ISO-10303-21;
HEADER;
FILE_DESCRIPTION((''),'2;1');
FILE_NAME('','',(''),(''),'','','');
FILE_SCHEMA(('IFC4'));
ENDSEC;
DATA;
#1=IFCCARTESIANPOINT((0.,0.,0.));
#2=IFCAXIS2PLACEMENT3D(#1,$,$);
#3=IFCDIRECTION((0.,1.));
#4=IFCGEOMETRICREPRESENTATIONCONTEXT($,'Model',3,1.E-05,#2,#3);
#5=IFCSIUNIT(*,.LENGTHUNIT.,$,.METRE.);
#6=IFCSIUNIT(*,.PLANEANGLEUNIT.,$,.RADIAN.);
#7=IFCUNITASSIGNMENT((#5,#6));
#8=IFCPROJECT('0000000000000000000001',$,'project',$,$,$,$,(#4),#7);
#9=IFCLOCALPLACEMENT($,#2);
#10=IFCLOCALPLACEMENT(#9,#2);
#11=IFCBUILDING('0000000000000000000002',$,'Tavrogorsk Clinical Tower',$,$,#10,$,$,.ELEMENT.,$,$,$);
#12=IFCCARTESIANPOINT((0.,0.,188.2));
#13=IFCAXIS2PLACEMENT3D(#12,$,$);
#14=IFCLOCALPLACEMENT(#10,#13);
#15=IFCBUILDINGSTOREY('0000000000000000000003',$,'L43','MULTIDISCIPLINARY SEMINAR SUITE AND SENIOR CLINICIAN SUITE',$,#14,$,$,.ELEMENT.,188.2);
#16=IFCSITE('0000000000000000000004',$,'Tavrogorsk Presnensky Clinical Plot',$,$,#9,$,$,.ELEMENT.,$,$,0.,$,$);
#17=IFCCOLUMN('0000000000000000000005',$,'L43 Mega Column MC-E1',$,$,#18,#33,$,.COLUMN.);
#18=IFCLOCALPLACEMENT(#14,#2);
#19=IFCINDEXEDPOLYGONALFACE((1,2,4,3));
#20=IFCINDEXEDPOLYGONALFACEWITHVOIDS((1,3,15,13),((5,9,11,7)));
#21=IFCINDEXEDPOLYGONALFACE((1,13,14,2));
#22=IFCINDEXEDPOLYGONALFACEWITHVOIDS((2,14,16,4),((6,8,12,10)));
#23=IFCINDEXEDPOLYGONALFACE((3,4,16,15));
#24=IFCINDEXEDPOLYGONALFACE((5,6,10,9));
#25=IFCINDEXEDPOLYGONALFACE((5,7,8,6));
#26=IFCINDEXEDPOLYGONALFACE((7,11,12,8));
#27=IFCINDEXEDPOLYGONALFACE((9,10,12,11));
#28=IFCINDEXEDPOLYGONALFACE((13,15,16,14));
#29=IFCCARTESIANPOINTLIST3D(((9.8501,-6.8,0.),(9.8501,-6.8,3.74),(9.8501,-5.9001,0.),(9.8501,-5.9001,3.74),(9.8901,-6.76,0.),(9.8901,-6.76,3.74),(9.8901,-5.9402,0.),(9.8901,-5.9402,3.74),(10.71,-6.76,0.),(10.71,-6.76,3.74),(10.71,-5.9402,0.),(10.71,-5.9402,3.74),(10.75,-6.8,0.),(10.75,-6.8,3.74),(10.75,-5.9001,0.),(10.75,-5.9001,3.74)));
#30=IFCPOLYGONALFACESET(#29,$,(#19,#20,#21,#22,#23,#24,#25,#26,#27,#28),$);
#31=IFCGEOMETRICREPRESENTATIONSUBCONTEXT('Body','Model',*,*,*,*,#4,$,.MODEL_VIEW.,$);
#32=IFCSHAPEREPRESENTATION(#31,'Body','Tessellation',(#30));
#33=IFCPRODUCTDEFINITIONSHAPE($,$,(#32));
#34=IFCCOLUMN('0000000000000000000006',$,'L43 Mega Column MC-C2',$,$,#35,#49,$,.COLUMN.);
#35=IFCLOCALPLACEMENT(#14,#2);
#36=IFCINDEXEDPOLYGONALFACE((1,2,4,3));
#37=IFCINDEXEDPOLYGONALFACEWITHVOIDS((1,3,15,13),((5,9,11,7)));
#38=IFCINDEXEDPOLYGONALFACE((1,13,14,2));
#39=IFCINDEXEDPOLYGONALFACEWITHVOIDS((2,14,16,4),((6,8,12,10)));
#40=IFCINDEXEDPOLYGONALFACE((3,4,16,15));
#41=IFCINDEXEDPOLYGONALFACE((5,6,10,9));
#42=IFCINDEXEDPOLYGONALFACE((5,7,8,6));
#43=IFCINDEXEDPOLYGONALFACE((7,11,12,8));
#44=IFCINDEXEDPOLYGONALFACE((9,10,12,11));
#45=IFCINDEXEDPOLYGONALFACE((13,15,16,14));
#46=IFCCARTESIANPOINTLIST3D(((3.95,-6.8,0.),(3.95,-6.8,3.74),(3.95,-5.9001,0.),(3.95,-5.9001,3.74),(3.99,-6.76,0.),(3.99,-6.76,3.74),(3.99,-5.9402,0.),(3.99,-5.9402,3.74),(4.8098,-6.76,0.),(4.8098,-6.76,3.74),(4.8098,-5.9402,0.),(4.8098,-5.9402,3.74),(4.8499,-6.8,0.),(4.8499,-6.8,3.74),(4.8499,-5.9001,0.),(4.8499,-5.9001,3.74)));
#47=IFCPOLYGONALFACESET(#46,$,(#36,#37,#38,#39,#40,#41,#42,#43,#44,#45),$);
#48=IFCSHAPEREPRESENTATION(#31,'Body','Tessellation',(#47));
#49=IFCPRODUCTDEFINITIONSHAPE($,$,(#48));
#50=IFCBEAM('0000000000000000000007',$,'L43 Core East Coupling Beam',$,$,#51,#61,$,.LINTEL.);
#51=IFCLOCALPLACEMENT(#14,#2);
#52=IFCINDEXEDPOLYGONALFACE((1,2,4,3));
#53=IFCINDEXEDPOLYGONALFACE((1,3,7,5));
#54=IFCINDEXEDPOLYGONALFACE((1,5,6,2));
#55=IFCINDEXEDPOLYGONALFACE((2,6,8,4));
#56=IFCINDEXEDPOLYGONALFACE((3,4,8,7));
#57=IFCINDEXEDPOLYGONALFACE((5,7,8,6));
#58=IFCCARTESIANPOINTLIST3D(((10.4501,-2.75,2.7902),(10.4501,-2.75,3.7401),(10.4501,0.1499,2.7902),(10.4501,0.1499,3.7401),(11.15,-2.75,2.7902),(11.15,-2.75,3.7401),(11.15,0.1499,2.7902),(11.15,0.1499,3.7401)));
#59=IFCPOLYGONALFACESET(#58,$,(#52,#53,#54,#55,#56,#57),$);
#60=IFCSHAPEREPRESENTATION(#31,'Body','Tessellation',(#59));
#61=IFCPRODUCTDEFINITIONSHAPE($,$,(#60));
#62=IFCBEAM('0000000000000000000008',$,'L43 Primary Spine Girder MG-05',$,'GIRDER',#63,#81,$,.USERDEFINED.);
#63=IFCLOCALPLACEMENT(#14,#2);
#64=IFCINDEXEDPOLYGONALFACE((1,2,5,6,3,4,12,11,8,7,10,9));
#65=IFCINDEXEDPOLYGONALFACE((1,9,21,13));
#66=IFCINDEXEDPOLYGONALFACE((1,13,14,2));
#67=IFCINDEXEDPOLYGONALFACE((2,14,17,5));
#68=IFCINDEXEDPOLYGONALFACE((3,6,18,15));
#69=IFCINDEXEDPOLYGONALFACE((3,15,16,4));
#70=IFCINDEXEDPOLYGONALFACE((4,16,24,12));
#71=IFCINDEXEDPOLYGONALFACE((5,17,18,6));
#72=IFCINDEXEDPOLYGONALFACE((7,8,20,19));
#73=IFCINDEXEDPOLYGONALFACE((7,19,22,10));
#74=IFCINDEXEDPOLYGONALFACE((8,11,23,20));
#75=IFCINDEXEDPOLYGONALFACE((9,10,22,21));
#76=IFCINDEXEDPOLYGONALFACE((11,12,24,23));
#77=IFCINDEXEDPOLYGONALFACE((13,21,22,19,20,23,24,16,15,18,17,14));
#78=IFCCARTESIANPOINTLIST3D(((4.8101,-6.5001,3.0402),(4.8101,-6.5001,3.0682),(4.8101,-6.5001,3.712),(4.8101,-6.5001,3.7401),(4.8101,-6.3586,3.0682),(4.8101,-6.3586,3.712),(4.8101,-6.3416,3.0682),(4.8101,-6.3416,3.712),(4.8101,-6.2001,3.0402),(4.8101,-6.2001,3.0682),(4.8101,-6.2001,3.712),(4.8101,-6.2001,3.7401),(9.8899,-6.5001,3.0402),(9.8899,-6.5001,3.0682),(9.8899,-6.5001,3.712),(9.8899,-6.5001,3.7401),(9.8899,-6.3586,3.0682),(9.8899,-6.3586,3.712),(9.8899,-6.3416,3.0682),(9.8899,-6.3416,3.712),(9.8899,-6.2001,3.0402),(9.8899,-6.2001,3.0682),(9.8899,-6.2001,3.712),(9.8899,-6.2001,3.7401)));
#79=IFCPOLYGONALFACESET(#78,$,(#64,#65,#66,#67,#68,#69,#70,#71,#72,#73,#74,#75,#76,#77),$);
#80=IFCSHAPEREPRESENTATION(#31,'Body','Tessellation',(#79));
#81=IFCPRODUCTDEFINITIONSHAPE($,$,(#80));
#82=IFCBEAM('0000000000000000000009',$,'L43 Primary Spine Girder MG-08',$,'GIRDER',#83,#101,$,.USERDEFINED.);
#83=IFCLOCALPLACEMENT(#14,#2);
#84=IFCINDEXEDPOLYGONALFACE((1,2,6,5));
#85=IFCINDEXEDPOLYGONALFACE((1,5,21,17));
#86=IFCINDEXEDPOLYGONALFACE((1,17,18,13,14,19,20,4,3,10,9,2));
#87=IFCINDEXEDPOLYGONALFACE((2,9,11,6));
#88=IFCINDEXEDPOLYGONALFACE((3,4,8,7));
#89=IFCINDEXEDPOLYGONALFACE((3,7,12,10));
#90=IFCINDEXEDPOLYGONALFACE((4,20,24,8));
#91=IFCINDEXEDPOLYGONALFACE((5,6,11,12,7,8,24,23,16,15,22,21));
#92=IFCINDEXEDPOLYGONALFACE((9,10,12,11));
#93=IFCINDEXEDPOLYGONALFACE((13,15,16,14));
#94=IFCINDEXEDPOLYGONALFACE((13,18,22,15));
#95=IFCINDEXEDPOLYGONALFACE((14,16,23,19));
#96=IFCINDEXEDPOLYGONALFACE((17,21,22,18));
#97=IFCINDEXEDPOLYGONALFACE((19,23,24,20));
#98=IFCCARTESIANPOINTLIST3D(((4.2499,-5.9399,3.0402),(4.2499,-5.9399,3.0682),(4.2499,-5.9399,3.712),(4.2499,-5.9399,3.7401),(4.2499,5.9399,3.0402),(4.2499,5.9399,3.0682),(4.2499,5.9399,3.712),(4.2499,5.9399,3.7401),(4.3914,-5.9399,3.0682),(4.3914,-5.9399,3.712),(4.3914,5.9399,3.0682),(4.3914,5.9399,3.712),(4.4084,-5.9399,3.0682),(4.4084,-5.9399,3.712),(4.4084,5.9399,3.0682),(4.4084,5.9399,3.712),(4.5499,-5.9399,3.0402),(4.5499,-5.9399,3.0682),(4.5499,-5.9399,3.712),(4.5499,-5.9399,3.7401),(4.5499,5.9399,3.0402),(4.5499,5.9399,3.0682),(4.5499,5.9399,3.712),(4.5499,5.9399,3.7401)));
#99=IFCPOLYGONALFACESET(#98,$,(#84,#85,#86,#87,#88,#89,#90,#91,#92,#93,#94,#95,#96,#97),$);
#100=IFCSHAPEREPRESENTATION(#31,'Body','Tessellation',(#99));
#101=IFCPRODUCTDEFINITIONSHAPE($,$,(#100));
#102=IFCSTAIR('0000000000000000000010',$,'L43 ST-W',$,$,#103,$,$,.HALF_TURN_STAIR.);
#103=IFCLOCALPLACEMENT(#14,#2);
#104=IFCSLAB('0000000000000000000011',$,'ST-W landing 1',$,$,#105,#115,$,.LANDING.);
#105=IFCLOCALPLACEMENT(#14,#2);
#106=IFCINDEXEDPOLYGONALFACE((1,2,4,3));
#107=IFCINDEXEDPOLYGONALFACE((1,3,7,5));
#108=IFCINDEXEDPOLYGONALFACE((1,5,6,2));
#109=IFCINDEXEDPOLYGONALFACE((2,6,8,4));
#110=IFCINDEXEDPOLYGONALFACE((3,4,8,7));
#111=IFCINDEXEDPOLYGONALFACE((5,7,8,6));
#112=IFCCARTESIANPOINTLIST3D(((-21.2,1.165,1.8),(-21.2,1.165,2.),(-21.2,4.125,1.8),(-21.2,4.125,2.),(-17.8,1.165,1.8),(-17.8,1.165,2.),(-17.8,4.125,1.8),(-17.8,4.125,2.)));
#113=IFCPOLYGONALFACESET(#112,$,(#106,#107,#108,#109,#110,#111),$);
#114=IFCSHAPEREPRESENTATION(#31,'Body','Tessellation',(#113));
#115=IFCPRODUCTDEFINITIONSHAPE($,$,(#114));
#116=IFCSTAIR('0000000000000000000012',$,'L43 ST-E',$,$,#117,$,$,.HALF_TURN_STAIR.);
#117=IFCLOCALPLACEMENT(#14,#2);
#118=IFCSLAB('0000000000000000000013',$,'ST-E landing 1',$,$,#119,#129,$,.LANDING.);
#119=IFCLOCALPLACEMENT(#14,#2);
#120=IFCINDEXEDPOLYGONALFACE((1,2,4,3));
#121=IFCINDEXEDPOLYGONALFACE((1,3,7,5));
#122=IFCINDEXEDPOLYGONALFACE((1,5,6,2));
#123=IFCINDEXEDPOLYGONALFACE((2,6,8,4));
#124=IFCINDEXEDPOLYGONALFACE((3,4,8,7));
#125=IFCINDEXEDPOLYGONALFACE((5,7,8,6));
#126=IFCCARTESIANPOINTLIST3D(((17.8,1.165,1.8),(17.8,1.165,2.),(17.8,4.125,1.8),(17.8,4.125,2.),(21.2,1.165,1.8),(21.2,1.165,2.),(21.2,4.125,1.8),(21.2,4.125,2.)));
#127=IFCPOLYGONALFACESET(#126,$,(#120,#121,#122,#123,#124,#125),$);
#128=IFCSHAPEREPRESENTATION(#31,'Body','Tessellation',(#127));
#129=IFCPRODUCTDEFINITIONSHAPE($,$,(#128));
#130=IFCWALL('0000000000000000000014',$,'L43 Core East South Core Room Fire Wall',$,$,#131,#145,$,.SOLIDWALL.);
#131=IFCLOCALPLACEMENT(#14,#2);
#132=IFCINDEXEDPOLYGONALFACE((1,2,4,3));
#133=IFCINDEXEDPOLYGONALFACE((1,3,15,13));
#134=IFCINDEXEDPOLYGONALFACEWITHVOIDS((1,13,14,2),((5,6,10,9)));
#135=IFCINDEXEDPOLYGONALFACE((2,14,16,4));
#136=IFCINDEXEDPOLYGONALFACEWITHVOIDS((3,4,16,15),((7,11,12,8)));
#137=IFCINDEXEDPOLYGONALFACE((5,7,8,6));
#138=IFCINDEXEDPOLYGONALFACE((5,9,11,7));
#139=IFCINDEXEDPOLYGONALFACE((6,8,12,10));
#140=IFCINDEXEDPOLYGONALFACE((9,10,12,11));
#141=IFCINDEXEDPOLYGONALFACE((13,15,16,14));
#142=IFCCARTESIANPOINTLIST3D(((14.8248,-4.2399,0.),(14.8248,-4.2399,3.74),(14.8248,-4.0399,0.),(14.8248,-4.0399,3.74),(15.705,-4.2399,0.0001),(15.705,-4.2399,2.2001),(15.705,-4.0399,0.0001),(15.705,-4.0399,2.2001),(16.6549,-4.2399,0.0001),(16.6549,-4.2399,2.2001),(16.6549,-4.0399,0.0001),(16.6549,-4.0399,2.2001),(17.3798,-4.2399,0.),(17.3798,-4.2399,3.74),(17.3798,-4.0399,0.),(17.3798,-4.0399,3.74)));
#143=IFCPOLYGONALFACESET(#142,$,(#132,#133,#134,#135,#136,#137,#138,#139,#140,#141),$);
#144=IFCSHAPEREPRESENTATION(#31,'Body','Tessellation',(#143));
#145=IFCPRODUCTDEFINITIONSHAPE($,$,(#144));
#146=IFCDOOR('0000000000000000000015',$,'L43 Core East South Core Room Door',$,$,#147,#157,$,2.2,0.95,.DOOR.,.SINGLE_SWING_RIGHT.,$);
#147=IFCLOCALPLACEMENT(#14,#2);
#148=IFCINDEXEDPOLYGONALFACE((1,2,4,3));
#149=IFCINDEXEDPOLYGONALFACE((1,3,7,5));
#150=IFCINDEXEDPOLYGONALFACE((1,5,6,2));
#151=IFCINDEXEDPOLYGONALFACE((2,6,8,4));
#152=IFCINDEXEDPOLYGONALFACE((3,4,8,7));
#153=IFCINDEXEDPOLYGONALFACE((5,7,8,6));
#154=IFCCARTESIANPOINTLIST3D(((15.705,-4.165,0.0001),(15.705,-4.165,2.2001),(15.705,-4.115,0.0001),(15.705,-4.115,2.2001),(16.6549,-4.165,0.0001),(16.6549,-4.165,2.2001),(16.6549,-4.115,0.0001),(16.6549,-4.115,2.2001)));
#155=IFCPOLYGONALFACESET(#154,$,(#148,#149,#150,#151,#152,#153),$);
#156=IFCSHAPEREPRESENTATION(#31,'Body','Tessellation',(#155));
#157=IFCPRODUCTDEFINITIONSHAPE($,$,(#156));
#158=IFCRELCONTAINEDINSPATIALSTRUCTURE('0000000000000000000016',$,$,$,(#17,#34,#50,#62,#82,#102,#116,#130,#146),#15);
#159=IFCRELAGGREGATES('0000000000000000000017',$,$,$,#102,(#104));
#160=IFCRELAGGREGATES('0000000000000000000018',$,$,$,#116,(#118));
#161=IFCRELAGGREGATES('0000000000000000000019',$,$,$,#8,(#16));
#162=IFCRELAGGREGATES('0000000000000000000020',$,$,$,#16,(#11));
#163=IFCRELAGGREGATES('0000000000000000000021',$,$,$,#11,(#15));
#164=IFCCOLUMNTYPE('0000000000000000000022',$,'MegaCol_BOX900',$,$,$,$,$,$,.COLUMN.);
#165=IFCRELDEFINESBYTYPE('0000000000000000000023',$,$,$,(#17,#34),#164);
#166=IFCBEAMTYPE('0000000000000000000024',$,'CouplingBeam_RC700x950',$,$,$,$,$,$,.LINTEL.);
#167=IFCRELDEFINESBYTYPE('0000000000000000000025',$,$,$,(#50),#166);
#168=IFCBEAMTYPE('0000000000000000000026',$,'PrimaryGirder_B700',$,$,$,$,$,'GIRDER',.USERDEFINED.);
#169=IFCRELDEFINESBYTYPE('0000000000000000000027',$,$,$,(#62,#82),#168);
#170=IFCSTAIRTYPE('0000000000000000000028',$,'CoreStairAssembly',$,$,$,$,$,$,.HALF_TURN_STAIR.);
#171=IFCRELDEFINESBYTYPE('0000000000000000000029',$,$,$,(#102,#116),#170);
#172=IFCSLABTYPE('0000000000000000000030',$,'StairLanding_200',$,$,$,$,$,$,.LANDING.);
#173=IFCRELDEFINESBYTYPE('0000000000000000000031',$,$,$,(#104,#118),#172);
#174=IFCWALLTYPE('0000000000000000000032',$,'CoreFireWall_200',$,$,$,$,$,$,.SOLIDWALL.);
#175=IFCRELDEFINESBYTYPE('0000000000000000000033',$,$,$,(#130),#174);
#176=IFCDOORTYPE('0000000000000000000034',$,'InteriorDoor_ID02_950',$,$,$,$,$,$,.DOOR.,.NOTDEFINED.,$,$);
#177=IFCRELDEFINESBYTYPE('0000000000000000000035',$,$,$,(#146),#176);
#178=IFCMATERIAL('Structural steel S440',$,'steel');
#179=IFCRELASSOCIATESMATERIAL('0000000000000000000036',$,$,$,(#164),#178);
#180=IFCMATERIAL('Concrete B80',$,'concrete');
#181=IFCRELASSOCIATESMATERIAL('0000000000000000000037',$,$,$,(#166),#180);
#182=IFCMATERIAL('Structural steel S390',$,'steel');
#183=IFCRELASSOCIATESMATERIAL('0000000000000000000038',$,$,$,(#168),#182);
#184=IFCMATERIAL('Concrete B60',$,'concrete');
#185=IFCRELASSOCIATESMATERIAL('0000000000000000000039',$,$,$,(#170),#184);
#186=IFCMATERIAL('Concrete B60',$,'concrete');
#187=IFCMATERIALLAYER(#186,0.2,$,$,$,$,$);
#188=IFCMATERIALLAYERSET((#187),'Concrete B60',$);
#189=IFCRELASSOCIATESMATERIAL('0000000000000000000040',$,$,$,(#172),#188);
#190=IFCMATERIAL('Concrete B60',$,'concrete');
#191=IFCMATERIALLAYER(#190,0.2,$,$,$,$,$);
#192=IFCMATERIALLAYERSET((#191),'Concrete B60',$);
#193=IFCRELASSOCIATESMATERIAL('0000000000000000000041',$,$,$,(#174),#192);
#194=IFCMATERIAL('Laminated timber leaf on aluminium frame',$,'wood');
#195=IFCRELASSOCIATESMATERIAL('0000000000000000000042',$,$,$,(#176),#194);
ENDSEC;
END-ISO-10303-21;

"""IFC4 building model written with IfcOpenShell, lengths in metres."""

from ifc_helpers import new_model, si_unit, direction, frame, frame_2d, origin, origin_2d, place, context, subcontext, project, spatial, polyline, rectangle, hollow_rectangle, i_section, outline, extrude, material, layer, layer_set, material_profile, profile_set, type_object, element, fill, aggregate, save


model = new_model("IFC4")

# Units and contexts
model_context = context("Model", 3, precision=1e-05, world=origin(), true_north=direction((0.0, 1.0)))
body_context = subcontext(model_context, "Body", "Model", "MODEL_VIEW")
ifc_project = project(units=[si_unit("LENGTHUNIT", "METRE"), si_unit("PLANEANGLEUNIT", "RADIAN")], contexts=[model_context])

# Site, building, storey
site_placement = place(None, origin())
site = spatial("IfcSite", under=ifc_project, at=site_placement, Name="Tavrogorsk Presnensky Clinical Plot", CompositionType="ELEMENT", RefElevation=0.0)
building_placement = place(site_placement, origin())
building = spatial("IfcBuilding", under=site, at=building_placement, Name="Tavrogorsk Clinical Tower", CompositionType="ELEMENT")
storey_placement = place(building_placement, frame((0.0, 0.0, 188.2)))
storey = spatial("IfcBuildingStorey", under=building, at=storey_placement, Name="L43", Description="MULTIDISCIPLINARY SEMINAR SUITE AND SENIOR CLINICIAN SUITE", CompositionType="ELEMENT", Elevation=188.2)

# Columns
ifc_material_1 = material(Name="Structural steel S440", Category="steel")
ifc_material_profile_1 = material_profile(ifc_material_1, hollow_rectangle(XDim=0.8999, YDim=0.8999, WallThickness=0.04, at=origin_2d()), Name="BOX-900x900x40")
ifc_profile_set_1 = profile_set([ifc_material_profile_1], Name="Structural steel S440")
column_type = type_object("IfcColumnType", Name="MegaCol_BOX900", PredefinedType="COLUMN", material=ifc_profile_set_1)
for number, where, z_axis, x_axis, name in (
    (1, (10.3, -6.3501, 0.0), (0.0, 0.0, 1.0), (1.0, 0.0, 0.0), "L43 Mega Column MC-E1"),
    (2, (4.3999, -6.3501, 0.0), (0.0, 0.0, 1.0), (1.0, 0.0, 0.0), "L43 Mega Column MC-C2"),
):
    element("IfcColumn", number, at=place(storey_placement, frame(where, z_axis=z_axis, x_axis=x_axis)), inside=storey, type_object=column_type, Name=name, PredefinedType="COLUMN", context=body_context, shape_type="SweptSolid", body=[
        extrude(hollow_rectangle(XDim=0.8999, YDim=0.8999, WallThickness=0.04, at=origin_2d()), origin(), (0.0, 0.0, 1.0), 3.74),
    ])

# Beams
ifc_material_2 = material(Name="Concrete B80", Category="concrete")
ifc_material_profile_2 = material_profile(ifc_material_2, rectangle(XDim=0.7, YDim=0.95, at=origin_2d()), Name="RC-CB-700x950")
ifc_profile_set_2 = profile_set([ifc_material_profile_2], Name="Concrete B80")
beam_type_1 = type_object("IfcBeamType", Name="CouplingBeam_RC700x950", PredefinedType="LINTEL", material=ifc_profile_set_2)
beam_1_placement = place(storey_placement, frame((10.8, -2.75, 3.2651), z_axis=(0.0, 1.0, 0.0), x_axis=(-1.0, 0.0, 0.0)))
element("IfcBeam", 3, at=beam_1_placement, inside=storey, type_object=beam_type_1, Name="L43 Core East Coupling Beam", PredefinedType="LINTEL", context=body_context, shape_type="SweptSolid", body=[
    extrude(rectangle(XDim=0.7, YDim=0.95, at=origin_2d()), origin(), (0.0, 0.0, 1.0), 2.8999),
])
ifc_material_3 = material(Name="Structural steel S390", Category="steel")
ifc_material_profile_3 = material_profile(ifc_material_3, i_section(OverallWidth=0.3, OverallDepth=0.7, WebThickness=0.0171, FlangeThickness=0.0281, at=origin_2d()), Name="B-700x300x17x28")
ifc_profile_set_3 = profile_set([ifc_material_profile_3], Name="Structural steel S390")
beam_type_2 = type_object("IfcBeamType", Name="PrimaryGirder_B700", ElementType="GIRDER", PredefinedType="USERDEFINED", material=ifc_profile_set_3)
beam_2_placement = place(storey_placement, frame((4.8101, -6.3501, 3.3901), z_axis=(1.0, 0.0, 0.0), x_axis=(0.0, 1.0, 0.0)))
element("IfcBeam", 4, at=beam_2_placement, inside=storey, type_object=beam_type_2, Name="L43 Primary Spine Girder MG-05", ObjectType="GIRDER", PredefinedType="USERDEFINED", context=body_context, shape_type="SweptSolid", body=[
    extrude(i_section(OverallWidth=0.3, OverallDepth=0.7, WebThickness=0.0171, FlangeThickness=0.0281, at=origin_2d()), origin(), (0.0, 0.0, 1.0), 5.0798),
])
beam_3_placement = place(storey_placement, frame((4.3999, -5.9399, 3.3901), z_axis=(0.0, 1.0, 0.0), x_axis=(-1.0, 0.0, 0.0)))
element("IfcBeam", 5, at=beam_3_placement, inside=storey, type_object=beam_type_2, Name="L43 Primary Spine Girder MG-08", ObjectType="GIRDER", PredefinedType="USERDEFINED", context=body_context, shape_type="SweptSolid", body=[
    extrude(i_section(OverallWidth=0.3, OverallDepth=0.7, WebThickness=0.0171, FlangeThickness=0.0281, at=origin_2d()), origin(), (0.0, 0.0, 1.0), 11.8799),
])

# Stairs, slabs
ifc_material_4 = material(Name="Concrete B60", Category="concrete")
stair_type = type_object("IfcStairType", Name="CoreStairAssembly", PredefinedType="HALF_TURN_STAIR", material=ifc_material_4)
stair_1_placement = place(storey_placement, origin())
stair_1 = element("IfcStair", 6, at=stair_1_placement, inside=storey, type_object=stair_type, Name="L43 ST-W", PredefinedType="HALF_TURN_STAIR")
ifc_material_5 = material(Name="Concrete B60", Category="concrete")
ifc_layer_1 = layer(ifc_material_5, 0.2)
ifc_layer_set_1 = layer_set([ifc_layer_1], Name="Concrete B60")
slab_type = type_object("IfcSlabType", Name="StairLanding_200", PredefinedType="LANDING", material=ifc_layer_set_1)
slab_1_placement = place(storey_placement, frame((0.0, 0.0, 1.8)))
slab_1 = element("IfcSlab", 7, at=slab_1_placement, type_object=slab_type, Name="ST-W landing 1", PredefinedType="LANDING", context=body_context, shape_type="SweptSolid", body=[
    extrude(outline(polyline([(-17.8, 1.165), (-17.8, 4.125), (-21.2, 4.125), (-21.2, 1.165), (-17.8, 1.165)])), origin(), (0.0, 0.0, 1.0), 0.2),
])
aggregate(stair_1, [slab_1])
stair_2_placement = place(storey_placement, origin())
stair_2 = element("IfcStair", 8, at=stair_2_placement, inside=storey, type_object=stair_type, Name="L43 ST-E", PredefinedType="HALF_TURN_STAIR")
slab_2_placement = place(storey_placement, frame((0.0, 0.0, 1.8)))
slab_2 = element("IfcSlab", 9, at=slab_2_placement, type_object=slab_type, Name="ST-E landing 1", PredefinedType="LANDING", context=body_context, shape_type="SweptSolid", body=[
    extrude(outline(polyline([(21.2, 1.165), (21.2, 4.125), (17.8, 4.125), (17.8, 1.165), (21.2, 1.165)])), origin(), (0.0, 0.0, 1.0), 0.2),
])
aggregate(stair_2, [slab_2])

# Wall, opening, door
ifc_material_6 = material(Name="Concrete B60", Category="concrete")
ifc_layer_2 = layer(ifc_material_6, 0.2)
ifc_layer_set_2 = layer_set([ifc_layer_2], Name="Concrete B60")
wall_type_1 = type_object("IfcWallType", Name="CoreFireWall_200", PredefinedType="SOLIDWALL", material=ifc_layer_set_2)
wall_1_placement = place(storey_placement, frame((14.825, -4.1399, 0.0), z_axis=(0.0, 0.0, 1.0), x_axis=(1.0, 0.0, 0.0)))
wall_1 = element("IfcWall", 10, at=wall_1_placement, inside=storey, type_object=wall_type_1, Name="L43 Core East South Core Room Fire Wall", PredefinedType="SOLIDWALL", context=body_context, shape_type="SweptSolid", body=[
    extrude(rectangle(XDim=2.5549, YDim=0.2, at=frame_2d((1.2773, 0.0))), origin(), (0.0, 0.0, 1.0), 3.74),
])
opening_1_placement = place(wall_1_placement, frame((0.8799, 0.0, 0.0)))
opening_1 = element("IfcOpeningElement", 11, at=opening_1_placement, cuts=wall_1, PredefinedType="OPENING", context=body_context, shape_type="SweptSolid", body=[
    extrude(rectangle(XDim=0.95, YDim=2.2, at=frame_2d((0.4751, 1.1001))), frame((0.0, 0.1099, 0.0), z_axis=(0.0, -1.0, 0.0), x_axis=(1.0, 0.0, 0.0)), (0.0, 0.0, 1.0), 0.22),
])
ifc_material_7 = material(Name="Laminated timber leaf on aluminium frame", Category="wood")
door_type_1 = type_object("IfcDoorType", Name="InteriorDoor_ID02_950", OperationType="NOTDEFINED", PredefinedType="DOOR", material=ifc_material_7)
door_1_placement = place(opening_1_placement, origin())
door_1 = element("IfcDoor", 12, at=door_1_placement, inside=storey, type_object=door_type_1, Name="L43 Core East South Core Room Door", OperationType="SINGLE_SWING_RIGHT", OverallHeight=2.2, OverallWidth=0.95, PredefinedType="DOOR", context=body_context, shape_type="SweptSolid", body=[
    extrude(rectangle(XDim=0.95, YDim=2.2, at=frame_2d((0.4751, 1.1001))), frame((0.0, 0.0249, 0.0), z_axis=(0.0, -1.0, 0.0), x_axis=(1.0, 0.0, 0.0)), (0.0, 0.0, 1.0), 0.05),
])
fill(opening_1, door_1)

save(model, "model.ifc")
